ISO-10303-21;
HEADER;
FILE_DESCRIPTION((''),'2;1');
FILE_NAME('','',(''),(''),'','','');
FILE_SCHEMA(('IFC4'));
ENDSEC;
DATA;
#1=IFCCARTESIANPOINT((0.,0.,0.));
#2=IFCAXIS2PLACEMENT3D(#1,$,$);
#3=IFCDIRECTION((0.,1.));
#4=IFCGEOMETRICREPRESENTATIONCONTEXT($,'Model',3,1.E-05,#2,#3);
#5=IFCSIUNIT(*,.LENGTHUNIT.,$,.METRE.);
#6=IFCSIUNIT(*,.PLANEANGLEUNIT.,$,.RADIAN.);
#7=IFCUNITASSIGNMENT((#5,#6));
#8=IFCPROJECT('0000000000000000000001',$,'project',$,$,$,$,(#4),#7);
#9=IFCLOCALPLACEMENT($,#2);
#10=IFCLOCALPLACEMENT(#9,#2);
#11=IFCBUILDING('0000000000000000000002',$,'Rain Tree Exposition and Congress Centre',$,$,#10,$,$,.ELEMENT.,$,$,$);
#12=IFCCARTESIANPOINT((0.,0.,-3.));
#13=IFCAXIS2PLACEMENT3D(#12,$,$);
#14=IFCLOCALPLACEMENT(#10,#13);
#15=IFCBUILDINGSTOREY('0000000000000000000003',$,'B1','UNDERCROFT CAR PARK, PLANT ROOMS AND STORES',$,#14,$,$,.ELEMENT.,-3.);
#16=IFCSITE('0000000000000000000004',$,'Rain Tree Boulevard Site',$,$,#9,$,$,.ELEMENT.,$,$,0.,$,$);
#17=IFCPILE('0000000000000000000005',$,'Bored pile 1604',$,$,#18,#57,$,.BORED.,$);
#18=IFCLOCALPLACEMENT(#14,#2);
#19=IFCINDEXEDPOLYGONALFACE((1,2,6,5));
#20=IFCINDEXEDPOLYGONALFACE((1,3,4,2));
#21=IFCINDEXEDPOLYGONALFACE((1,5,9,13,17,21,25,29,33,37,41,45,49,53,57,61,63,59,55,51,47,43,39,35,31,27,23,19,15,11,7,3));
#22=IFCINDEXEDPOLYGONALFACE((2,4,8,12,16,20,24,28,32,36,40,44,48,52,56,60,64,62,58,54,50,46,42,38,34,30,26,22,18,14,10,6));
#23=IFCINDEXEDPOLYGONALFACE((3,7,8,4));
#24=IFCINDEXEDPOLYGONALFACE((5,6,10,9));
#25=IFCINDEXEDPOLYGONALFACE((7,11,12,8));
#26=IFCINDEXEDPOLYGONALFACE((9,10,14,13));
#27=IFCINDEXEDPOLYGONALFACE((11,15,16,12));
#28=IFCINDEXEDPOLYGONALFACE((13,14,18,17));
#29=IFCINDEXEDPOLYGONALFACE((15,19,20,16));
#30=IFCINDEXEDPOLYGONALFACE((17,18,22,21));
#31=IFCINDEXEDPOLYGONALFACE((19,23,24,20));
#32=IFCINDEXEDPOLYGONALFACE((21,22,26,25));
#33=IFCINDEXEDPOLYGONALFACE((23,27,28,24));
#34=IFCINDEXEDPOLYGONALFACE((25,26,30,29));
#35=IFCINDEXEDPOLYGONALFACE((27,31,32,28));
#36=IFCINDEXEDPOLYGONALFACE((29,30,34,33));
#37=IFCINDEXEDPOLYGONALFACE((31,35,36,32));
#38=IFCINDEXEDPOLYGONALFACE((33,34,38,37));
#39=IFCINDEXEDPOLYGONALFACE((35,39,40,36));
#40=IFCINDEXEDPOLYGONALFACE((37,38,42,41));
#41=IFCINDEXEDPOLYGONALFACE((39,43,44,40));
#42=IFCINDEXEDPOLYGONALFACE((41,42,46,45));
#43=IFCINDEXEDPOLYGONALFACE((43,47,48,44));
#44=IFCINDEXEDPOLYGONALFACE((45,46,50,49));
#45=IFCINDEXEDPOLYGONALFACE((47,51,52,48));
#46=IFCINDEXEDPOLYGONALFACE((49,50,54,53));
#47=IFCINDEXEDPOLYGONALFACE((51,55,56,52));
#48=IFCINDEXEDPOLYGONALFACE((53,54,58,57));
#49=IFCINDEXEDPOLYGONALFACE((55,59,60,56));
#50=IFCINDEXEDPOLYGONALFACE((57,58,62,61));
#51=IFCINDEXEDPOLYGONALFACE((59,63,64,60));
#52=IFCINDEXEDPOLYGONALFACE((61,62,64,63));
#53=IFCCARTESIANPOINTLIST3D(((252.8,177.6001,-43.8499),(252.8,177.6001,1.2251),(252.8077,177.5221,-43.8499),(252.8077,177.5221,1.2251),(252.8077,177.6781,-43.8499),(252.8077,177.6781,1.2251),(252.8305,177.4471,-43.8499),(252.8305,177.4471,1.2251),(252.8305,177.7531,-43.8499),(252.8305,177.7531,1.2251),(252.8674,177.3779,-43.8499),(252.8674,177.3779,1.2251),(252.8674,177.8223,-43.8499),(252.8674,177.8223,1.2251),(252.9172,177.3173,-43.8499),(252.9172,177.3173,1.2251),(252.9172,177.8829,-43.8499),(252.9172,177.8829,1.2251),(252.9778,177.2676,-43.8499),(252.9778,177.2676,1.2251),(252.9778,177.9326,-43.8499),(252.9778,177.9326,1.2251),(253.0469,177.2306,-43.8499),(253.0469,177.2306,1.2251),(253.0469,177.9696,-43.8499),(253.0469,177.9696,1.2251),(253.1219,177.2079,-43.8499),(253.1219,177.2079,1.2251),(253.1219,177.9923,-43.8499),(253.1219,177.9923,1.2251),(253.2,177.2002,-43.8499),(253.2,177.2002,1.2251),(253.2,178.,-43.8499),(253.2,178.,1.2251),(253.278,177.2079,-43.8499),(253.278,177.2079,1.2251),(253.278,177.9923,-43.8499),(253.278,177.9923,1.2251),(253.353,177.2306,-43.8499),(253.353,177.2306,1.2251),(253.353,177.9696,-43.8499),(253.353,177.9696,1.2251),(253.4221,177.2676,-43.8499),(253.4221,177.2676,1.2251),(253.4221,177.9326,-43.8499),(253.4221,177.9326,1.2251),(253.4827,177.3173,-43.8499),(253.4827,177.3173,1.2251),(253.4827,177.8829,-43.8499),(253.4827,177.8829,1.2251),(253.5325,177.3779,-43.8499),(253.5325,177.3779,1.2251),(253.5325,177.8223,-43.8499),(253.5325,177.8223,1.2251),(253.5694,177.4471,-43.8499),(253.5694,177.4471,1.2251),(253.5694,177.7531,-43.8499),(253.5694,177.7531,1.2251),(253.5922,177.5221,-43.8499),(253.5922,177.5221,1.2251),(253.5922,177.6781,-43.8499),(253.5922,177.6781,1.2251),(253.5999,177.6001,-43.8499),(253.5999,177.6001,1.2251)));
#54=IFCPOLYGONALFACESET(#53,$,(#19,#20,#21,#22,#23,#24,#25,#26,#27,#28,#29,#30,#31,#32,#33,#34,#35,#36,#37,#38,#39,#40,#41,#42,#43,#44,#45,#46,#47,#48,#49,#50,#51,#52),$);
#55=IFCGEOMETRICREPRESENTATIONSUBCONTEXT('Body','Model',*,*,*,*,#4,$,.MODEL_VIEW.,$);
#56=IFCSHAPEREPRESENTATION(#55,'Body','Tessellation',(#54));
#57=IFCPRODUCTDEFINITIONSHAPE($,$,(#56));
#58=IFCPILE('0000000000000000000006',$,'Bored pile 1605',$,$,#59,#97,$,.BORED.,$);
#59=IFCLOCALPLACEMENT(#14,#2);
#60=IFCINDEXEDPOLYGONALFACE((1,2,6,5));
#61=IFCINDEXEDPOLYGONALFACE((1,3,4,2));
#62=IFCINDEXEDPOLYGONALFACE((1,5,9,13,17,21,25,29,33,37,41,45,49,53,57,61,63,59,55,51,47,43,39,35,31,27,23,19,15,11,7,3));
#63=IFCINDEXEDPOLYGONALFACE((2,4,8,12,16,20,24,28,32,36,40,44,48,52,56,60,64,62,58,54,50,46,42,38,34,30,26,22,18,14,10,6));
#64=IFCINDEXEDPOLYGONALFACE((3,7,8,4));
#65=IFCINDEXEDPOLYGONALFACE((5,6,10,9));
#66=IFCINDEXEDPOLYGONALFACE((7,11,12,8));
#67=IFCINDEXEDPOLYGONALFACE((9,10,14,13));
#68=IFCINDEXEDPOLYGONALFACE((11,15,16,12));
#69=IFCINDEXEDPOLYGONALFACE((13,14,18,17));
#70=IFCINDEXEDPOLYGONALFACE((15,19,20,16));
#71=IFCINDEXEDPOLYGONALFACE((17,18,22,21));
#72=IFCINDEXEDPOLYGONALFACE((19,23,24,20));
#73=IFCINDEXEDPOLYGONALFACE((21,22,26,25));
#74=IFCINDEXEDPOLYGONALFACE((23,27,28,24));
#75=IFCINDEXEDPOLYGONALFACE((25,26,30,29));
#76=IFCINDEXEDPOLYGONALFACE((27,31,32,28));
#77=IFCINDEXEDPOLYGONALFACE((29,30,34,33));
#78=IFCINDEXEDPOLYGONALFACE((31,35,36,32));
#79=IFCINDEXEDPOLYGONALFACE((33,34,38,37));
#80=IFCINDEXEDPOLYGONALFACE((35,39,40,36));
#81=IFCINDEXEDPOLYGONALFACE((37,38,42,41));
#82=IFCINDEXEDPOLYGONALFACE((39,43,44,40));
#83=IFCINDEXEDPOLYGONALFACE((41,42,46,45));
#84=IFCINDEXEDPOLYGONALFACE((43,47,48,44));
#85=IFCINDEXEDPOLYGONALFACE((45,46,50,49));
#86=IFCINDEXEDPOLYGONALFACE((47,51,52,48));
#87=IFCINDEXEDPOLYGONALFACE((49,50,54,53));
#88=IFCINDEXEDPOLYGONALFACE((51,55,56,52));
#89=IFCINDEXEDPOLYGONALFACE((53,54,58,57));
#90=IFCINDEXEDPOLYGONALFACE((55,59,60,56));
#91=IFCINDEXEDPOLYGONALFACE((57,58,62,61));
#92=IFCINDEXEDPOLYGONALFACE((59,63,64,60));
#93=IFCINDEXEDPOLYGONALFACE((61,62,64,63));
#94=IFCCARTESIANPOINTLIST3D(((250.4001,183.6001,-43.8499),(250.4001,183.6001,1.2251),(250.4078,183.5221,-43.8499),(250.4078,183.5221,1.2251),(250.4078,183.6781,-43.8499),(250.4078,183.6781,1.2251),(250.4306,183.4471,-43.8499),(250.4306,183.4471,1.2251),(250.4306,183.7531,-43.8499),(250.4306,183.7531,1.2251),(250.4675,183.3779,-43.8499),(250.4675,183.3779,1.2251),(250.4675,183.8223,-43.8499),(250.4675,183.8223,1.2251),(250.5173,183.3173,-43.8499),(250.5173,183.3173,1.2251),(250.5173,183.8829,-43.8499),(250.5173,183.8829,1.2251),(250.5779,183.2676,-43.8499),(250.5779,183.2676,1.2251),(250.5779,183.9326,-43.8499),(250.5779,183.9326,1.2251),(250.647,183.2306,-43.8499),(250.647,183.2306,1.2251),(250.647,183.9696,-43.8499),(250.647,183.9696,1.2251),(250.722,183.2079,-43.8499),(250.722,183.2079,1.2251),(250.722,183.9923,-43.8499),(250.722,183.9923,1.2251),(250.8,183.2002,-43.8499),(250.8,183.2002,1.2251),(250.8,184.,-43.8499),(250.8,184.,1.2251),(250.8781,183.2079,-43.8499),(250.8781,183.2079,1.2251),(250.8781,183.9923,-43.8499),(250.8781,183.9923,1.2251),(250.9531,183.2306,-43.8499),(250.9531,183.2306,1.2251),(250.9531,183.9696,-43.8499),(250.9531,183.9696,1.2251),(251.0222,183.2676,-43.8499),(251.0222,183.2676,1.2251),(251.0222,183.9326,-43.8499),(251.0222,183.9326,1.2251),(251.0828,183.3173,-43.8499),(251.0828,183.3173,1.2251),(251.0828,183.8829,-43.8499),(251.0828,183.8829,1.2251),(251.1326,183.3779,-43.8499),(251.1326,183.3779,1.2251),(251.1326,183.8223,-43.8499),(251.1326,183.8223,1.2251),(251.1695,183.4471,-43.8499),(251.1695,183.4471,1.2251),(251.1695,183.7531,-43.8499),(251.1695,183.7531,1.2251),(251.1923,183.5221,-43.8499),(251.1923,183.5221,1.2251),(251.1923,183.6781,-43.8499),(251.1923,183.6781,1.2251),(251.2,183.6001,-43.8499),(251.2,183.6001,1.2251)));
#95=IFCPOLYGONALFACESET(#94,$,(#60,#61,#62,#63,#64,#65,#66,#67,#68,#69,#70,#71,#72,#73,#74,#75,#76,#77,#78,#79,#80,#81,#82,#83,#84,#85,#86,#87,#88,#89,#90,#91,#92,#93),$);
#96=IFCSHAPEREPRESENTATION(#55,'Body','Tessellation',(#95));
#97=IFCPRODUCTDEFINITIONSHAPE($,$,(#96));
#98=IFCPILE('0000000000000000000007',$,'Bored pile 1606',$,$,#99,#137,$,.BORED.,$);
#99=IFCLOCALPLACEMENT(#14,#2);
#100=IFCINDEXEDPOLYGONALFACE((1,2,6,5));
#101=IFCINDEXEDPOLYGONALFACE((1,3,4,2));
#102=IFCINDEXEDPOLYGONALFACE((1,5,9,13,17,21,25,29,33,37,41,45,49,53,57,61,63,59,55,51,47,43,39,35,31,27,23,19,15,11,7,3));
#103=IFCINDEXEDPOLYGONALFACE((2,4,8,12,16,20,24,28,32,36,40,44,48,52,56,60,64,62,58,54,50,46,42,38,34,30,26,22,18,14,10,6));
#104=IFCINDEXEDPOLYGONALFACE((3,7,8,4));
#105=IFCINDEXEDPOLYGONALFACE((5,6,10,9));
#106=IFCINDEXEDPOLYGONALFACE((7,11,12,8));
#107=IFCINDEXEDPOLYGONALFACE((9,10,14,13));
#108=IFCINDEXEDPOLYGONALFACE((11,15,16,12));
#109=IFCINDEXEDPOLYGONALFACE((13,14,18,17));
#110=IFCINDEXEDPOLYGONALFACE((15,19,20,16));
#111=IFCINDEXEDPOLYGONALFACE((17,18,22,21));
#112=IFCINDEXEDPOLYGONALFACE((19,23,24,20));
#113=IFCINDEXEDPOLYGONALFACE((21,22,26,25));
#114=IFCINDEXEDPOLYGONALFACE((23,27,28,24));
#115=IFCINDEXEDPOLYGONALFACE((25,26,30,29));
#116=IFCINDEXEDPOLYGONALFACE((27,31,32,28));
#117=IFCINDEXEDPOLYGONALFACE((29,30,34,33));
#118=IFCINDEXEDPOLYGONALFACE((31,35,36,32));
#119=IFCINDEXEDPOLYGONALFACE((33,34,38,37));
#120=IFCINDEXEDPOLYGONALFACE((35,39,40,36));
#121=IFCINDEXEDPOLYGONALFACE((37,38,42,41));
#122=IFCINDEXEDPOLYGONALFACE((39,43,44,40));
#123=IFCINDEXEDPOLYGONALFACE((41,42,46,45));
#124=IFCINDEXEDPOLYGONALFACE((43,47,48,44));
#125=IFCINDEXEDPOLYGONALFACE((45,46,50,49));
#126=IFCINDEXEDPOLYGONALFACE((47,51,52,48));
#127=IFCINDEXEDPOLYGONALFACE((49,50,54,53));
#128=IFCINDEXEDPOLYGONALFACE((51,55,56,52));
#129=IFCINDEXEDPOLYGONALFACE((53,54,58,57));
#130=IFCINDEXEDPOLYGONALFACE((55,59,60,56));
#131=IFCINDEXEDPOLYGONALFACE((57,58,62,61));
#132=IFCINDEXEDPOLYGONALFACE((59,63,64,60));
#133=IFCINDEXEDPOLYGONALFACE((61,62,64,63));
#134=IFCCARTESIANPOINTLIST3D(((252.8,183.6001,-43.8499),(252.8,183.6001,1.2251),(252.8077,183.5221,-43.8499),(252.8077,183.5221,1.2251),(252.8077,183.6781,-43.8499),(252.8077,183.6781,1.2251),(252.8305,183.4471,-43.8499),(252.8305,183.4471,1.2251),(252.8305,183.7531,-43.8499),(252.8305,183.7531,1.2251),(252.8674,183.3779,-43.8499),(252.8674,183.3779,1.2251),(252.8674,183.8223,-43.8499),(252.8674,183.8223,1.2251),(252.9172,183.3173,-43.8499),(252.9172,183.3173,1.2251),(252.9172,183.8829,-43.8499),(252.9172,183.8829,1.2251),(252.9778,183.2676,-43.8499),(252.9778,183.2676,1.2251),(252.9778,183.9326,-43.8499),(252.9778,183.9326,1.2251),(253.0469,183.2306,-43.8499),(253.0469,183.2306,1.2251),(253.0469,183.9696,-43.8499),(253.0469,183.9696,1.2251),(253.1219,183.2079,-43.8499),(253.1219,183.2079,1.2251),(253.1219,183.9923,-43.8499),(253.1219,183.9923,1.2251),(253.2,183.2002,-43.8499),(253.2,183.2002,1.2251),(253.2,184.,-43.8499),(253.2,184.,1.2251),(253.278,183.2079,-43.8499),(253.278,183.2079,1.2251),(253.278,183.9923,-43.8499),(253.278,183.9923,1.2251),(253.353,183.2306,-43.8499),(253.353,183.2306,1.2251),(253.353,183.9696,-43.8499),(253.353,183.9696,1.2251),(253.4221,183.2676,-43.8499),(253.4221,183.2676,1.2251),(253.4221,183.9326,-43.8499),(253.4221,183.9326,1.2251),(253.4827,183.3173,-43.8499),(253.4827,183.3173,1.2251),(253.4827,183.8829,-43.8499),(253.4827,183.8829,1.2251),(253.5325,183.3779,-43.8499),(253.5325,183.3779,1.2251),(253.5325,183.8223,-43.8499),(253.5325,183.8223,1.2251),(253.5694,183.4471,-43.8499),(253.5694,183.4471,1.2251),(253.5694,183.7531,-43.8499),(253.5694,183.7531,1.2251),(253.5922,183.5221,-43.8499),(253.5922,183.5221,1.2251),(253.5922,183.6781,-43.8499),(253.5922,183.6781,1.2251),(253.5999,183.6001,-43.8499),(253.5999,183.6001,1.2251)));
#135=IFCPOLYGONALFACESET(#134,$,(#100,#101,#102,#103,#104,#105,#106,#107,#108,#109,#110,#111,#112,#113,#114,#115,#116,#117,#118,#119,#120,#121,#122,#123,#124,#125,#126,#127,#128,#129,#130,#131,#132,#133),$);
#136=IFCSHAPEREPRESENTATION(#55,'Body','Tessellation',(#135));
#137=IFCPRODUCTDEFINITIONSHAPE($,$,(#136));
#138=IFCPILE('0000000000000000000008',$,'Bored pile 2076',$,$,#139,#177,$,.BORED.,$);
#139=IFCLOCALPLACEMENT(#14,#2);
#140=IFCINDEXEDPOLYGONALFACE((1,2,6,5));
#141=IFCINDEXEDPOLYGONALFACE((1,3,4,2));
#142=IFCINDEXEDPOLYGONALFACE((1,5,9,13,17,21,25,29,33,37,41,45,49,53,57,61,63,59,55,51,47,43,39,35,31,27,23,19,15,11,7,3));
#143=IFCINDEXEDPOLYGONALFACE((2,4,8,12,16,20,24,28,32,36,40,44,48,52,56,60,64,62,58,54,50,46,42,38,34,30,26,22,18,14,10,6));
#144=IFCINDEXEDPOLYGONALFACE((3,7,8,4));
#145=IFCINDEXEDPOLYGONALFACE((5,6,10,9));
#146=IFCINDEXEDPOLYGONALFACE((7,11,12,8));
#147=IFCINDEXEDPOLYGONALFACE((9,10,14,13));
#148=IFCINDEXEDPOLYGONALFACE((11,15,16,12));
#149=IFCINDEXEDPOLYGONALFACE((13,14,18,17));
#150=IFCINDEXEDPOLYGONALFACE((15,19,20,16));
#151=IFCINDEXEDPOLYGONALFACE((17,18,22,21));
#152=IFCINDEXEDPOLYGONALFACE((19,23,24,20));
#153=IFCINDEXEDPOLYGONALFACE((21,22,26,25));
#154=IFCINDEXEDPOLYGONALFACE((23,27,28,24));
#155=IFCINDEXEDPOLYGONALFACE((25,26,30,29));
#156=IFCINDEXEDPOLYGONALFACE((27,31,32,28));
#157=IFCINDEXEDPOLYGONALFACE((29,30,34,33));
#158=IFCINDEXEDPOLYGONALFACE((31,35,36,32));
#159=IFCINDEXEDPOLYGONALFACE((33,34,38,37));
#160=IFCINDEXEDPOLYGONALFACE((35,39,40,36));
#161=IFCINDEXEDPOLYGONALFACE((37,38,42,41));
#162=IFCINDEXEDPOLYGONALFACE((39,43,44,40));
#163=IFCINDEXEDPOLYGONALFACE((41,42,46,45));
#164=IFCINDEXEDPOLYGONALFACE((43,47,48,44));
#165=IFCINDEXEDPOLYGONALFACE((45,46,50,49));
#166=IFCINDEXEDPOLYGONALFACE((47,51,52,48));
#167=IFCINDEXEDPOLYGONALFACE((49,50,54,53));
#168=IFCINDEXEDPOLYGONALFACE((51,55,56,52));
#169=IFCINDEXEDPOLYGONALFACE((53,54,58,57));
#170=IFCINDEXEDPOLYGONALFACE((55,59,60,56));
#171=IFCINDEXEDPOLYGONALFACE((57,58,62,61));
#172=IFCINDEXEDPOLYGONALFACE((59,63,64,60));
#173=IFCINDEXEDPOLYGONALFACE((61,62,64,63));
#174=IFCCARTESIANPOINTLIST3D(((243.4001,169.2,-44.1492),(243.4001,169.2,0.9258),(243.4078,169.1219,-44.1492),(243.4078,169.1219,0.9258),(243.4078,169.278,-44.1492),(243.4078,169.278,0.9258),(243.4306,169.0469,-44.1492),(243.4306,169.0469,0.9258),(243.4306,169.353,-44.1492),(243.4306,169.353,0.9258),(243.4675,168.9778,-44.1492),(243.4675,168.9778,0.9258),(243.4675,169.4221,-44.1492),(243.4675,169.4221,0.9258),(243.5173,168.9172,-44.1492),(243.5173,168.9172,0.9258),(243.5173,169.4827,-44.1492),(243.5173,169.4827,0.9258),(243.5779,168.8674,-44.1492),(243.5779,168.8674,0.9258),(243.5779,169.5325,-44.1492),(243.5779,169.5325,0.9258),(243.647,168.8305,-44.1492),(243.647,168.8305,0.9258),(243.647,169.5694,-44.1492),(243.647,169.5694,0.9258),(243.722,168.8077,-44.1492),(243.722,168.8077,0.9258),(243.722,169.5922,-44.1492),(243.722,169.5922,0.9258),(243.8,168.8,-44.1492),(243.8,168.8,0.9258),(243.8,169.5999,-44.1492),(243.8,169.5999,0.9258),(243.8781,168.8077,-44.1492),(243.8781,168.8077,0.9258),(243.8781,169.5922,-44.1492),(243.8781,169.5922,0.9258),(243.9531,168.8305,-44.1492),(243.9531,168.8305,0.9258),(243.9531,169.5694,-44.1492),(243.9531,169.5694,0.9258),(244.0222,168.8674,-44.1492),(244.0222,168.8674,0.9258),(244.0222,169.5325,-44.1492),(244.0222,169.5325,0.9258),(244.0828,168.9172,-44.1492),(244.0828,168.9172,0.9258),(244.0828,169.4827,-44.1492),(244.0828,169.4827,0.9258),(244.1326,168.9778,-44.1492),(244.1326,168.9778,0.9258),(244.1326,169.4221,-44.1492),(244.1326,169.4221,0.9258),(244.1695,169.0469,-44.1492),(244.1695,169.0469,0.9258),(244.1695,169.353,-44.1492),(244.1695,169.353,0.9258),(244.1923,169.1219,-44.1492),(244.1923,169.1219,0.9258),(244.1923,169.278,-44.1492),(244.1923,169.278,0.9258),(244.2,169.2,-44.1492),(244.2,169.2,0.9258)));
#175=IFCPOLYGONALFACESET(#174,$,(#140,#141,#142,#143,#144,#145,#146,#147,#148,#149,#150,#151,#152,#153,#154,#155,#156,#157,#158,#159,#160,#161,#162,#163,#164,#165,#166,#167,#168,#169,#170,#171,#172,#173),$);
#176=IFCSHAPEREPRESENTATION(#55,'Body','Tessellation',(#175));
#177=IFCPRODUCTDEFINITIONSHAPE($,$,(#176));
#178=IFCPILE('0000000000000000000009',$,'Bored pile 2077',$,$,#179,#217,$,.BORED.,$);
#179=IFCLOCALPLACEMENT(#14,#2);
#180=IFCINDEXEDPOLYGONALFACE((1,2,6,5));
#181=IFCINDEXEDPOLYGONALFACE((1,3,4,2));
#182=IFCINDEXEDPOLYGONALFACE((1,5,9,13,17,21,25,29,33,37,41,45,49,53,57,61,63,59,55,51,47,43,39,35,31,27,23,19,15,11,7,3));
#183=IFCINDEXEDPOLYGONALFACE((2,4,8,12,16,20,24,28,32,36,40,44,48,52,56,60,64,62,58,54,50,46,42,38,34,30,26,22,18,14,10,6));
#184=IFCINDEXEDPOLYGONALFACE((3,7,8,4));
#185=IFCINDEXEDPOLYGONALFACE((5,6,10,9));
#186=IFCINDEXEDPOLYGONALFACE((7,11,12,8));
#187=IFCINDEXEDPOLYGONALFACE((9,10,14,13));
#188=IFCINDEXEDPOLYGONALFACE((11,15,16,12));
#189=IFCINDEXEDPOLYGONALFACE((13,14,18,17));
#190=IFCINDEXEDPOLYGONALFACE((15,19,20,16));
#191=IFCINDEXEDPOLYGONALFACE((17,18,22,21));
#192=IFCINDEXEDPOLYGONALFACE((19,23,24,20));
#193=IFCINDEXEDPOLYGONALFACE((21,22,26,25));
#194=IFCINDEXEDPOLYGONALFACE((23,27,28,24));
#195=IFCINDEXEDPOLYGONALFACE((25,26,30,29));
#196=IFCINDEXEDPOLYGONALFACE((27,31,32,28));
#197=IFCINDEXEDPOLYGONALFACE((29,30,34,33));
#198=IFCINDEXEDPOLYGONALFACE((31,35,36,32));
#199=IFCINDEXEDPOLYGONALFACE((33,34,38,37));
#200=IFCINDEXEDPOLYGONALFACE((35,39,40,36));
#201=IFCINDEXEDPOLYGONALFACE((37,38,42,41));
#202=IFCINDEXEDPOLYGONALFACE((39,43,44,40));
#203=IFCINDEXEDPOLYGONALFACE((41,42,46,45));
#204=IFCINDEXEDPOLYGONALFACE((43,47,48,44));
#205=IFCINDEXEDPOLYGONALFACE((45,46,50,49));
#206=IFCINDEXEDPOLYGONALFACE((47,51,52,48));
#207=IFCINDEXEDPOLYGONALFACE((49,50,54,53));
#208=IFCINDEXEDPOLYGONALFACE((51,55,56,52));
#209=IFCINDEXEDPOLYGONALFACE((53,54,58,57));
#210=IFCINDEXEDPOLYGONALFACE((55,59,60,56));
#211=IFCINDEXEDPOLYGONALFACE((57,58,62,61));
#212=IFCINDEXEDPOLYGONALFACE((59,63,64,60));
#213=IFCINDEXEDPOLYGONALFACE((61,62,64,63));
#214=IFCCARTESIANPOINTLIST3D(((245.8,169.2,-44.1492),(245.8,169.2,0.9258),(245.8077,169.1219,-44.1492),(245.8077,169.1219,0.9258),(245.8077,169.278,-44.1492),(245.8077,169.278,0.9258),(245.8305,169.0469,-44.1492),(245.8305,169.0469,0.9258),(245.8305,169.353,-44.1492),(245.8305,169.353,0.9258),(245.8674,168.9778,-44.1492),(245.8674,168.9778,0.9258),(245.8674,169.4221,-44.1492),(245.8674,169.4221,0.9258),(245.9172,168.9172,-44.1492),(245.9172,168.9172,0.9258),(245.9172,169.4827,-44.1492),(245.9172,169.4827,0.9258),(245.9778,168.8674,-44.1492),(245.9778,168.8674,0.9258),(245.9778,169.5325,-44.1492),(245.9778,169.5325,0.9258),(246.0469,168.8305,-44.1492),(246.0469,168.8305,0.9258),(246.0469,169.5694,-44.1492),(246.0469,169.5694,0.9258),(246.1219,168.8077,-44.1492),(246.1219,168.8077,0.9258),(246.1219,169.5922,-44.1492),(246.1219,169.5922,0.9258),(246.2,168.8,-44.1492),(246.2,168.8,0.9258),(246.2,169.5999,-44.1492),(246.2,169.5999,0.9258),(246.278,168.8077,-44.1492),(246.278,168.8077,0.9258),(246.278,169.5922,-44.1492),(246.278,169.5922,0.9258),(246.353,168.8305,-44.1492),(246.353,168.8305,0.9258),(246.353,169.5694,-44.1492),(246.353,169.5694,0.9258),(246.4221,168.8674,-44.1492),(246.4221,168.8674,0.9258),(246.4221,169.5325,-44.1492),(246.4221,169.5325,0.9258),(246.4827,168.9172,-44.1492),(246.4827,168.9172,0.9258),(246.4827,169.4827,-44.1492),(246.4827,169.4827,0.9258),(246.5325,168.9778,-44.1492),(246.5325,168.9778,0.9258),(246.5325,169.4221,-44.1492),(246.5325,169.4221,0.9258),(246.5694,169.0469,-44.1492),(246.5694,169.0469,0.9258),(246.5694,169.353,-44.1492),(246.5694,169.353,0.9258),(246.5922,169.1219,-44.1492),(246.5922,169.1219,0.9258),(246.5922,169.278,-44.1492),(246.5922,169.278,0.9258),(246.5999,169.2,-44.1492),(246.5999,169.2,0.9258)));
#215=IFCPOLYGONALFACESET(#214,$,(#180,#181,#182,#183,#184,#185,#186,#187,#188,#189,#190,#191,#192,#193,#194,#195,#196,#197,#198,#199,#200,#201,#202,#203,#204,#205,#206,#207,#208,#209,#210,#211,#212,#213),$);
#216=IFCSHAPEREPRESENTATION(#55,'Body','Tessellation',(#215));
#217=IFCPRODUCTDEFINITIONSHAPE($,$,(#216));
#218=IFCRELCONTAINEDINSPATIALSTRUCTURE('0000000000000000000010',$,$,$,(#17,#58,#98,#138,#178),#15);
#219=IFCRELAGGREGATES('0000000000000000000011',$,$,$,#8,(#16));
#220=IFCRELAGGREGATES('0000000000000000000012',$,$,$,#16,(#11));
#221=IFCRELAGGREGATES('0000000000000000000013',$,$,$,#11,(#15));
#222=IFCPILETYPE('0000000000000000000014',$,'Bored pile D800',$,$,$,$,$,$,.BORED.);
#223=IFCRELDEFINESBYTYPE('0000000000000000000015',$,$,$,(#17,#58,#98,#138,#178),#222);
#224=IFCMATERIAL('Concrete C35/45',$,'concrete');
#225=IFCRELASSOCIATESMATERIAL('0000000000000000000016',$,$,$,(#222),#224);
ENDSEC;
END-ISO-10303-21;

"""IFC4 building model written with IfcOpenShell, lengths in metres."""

from ifc_helpers import new_model, si_unit, direction, frame, origin, origin_2d, place, context, subcontext, project, spatial, circle, extrude, material, material_profile, profile_set, type_object, element, save


model = new_model("IFC4")

# Units and contexts
model_context = context("Model", 3, precision=1e-05, world=origin(), true_north=direction((0.0, 1.0)))
body_context = subcontext(model_context, "Body", "Model", "MODEL_VIEW")
ifc_project = project(units=[si_unit("LENGTHUNIT", "METRE"), si_unit("PLANEANGLEUNIT", "RADIAN")], contexts=[model_context])

# Site, building, storey
site_placement = place(None, origin())
site = spatial("IfcSite", under=ifc_project, at=site_placement, Name="Rain Tree Boulevard Site", CompositionType="ELEMENT", RefElevation=0.0)
building_placement = place(site_placement, origin())
building = spatial("IfcBuilding", under=site, at=building_placement, Name="Rain Tree Exposition and Congress Centre", CompositionType="ELEMENT")
storey_placement = place(building_placement, frame((0.0, 0.0, -3.0)))
storey = spatial("IfcBuildingStorey", under=building, at=storey_placement, Name="B1", Description="UNDERCROFT CAR PARK, PLANT ROOMS AND STORES", CompositionType="ELEMENT", Elevation=-3.0)

# Piles
ifc_material_1 = material(Name="Concrete C35/45", Category="concrete")
ifc_material_profile_1 = material_profile(ifc_material_1, circle(Radius=0.3999, at=origin_2d()), Name="D800")
ifc_profile_set_1 = profile_set([ifc_material_profile_1], Name="Concrete C35/45")
pile_type_1 = type_object("IfcPileType", Name="Bored pile D800", PredefinedType="BORED", material=ifc_profile_set_1)
for number, where, z_axis, x_axis, name in (
    (1, (253.2, 177.6001, 1.2251), (0.0, 0.0, -1.0), (1.0, 0.0, 0.0), "Bored pile 1604"),
    (2, (250.8, 183.6001, 1.2251), (0.0, 0.0, -1.0), (1.0, 0.0, 0.0), "Bored pile 1605"),
    (3, (253.2, 183.6001, 1.2251), (0.0, 0.0, -1.0), (1.0, 0.0, 0.0), "Bored pile 1606"),
    (4, (243.8, 169.2, 0.9258), (0.0, 0.0, -1.0), (1.0, 0.0, 0.0), "Bored pile 2076"),
    (5, (246.2, 169.2, 0.9258), (0.0, 0.0, -1.0), (1.0, 0.0, 0.0), "Bored pile 2077"),
):
    element("IfcPile", number, at=place(storey_placement, frame(where, z_axis=z_axis, x_axis=x_axis)), inside=storey, type_object=pile_type_1, Name=name, PredefinedType="BORED", context=body_context, shape_type="SweptSolid", body=[
        extrude(circle(Radius=0.3999, at=origin_2d()), origin(), (0.0, 0.0, 1.0), 45.075),
    ])

save(model, "model.ifc")
